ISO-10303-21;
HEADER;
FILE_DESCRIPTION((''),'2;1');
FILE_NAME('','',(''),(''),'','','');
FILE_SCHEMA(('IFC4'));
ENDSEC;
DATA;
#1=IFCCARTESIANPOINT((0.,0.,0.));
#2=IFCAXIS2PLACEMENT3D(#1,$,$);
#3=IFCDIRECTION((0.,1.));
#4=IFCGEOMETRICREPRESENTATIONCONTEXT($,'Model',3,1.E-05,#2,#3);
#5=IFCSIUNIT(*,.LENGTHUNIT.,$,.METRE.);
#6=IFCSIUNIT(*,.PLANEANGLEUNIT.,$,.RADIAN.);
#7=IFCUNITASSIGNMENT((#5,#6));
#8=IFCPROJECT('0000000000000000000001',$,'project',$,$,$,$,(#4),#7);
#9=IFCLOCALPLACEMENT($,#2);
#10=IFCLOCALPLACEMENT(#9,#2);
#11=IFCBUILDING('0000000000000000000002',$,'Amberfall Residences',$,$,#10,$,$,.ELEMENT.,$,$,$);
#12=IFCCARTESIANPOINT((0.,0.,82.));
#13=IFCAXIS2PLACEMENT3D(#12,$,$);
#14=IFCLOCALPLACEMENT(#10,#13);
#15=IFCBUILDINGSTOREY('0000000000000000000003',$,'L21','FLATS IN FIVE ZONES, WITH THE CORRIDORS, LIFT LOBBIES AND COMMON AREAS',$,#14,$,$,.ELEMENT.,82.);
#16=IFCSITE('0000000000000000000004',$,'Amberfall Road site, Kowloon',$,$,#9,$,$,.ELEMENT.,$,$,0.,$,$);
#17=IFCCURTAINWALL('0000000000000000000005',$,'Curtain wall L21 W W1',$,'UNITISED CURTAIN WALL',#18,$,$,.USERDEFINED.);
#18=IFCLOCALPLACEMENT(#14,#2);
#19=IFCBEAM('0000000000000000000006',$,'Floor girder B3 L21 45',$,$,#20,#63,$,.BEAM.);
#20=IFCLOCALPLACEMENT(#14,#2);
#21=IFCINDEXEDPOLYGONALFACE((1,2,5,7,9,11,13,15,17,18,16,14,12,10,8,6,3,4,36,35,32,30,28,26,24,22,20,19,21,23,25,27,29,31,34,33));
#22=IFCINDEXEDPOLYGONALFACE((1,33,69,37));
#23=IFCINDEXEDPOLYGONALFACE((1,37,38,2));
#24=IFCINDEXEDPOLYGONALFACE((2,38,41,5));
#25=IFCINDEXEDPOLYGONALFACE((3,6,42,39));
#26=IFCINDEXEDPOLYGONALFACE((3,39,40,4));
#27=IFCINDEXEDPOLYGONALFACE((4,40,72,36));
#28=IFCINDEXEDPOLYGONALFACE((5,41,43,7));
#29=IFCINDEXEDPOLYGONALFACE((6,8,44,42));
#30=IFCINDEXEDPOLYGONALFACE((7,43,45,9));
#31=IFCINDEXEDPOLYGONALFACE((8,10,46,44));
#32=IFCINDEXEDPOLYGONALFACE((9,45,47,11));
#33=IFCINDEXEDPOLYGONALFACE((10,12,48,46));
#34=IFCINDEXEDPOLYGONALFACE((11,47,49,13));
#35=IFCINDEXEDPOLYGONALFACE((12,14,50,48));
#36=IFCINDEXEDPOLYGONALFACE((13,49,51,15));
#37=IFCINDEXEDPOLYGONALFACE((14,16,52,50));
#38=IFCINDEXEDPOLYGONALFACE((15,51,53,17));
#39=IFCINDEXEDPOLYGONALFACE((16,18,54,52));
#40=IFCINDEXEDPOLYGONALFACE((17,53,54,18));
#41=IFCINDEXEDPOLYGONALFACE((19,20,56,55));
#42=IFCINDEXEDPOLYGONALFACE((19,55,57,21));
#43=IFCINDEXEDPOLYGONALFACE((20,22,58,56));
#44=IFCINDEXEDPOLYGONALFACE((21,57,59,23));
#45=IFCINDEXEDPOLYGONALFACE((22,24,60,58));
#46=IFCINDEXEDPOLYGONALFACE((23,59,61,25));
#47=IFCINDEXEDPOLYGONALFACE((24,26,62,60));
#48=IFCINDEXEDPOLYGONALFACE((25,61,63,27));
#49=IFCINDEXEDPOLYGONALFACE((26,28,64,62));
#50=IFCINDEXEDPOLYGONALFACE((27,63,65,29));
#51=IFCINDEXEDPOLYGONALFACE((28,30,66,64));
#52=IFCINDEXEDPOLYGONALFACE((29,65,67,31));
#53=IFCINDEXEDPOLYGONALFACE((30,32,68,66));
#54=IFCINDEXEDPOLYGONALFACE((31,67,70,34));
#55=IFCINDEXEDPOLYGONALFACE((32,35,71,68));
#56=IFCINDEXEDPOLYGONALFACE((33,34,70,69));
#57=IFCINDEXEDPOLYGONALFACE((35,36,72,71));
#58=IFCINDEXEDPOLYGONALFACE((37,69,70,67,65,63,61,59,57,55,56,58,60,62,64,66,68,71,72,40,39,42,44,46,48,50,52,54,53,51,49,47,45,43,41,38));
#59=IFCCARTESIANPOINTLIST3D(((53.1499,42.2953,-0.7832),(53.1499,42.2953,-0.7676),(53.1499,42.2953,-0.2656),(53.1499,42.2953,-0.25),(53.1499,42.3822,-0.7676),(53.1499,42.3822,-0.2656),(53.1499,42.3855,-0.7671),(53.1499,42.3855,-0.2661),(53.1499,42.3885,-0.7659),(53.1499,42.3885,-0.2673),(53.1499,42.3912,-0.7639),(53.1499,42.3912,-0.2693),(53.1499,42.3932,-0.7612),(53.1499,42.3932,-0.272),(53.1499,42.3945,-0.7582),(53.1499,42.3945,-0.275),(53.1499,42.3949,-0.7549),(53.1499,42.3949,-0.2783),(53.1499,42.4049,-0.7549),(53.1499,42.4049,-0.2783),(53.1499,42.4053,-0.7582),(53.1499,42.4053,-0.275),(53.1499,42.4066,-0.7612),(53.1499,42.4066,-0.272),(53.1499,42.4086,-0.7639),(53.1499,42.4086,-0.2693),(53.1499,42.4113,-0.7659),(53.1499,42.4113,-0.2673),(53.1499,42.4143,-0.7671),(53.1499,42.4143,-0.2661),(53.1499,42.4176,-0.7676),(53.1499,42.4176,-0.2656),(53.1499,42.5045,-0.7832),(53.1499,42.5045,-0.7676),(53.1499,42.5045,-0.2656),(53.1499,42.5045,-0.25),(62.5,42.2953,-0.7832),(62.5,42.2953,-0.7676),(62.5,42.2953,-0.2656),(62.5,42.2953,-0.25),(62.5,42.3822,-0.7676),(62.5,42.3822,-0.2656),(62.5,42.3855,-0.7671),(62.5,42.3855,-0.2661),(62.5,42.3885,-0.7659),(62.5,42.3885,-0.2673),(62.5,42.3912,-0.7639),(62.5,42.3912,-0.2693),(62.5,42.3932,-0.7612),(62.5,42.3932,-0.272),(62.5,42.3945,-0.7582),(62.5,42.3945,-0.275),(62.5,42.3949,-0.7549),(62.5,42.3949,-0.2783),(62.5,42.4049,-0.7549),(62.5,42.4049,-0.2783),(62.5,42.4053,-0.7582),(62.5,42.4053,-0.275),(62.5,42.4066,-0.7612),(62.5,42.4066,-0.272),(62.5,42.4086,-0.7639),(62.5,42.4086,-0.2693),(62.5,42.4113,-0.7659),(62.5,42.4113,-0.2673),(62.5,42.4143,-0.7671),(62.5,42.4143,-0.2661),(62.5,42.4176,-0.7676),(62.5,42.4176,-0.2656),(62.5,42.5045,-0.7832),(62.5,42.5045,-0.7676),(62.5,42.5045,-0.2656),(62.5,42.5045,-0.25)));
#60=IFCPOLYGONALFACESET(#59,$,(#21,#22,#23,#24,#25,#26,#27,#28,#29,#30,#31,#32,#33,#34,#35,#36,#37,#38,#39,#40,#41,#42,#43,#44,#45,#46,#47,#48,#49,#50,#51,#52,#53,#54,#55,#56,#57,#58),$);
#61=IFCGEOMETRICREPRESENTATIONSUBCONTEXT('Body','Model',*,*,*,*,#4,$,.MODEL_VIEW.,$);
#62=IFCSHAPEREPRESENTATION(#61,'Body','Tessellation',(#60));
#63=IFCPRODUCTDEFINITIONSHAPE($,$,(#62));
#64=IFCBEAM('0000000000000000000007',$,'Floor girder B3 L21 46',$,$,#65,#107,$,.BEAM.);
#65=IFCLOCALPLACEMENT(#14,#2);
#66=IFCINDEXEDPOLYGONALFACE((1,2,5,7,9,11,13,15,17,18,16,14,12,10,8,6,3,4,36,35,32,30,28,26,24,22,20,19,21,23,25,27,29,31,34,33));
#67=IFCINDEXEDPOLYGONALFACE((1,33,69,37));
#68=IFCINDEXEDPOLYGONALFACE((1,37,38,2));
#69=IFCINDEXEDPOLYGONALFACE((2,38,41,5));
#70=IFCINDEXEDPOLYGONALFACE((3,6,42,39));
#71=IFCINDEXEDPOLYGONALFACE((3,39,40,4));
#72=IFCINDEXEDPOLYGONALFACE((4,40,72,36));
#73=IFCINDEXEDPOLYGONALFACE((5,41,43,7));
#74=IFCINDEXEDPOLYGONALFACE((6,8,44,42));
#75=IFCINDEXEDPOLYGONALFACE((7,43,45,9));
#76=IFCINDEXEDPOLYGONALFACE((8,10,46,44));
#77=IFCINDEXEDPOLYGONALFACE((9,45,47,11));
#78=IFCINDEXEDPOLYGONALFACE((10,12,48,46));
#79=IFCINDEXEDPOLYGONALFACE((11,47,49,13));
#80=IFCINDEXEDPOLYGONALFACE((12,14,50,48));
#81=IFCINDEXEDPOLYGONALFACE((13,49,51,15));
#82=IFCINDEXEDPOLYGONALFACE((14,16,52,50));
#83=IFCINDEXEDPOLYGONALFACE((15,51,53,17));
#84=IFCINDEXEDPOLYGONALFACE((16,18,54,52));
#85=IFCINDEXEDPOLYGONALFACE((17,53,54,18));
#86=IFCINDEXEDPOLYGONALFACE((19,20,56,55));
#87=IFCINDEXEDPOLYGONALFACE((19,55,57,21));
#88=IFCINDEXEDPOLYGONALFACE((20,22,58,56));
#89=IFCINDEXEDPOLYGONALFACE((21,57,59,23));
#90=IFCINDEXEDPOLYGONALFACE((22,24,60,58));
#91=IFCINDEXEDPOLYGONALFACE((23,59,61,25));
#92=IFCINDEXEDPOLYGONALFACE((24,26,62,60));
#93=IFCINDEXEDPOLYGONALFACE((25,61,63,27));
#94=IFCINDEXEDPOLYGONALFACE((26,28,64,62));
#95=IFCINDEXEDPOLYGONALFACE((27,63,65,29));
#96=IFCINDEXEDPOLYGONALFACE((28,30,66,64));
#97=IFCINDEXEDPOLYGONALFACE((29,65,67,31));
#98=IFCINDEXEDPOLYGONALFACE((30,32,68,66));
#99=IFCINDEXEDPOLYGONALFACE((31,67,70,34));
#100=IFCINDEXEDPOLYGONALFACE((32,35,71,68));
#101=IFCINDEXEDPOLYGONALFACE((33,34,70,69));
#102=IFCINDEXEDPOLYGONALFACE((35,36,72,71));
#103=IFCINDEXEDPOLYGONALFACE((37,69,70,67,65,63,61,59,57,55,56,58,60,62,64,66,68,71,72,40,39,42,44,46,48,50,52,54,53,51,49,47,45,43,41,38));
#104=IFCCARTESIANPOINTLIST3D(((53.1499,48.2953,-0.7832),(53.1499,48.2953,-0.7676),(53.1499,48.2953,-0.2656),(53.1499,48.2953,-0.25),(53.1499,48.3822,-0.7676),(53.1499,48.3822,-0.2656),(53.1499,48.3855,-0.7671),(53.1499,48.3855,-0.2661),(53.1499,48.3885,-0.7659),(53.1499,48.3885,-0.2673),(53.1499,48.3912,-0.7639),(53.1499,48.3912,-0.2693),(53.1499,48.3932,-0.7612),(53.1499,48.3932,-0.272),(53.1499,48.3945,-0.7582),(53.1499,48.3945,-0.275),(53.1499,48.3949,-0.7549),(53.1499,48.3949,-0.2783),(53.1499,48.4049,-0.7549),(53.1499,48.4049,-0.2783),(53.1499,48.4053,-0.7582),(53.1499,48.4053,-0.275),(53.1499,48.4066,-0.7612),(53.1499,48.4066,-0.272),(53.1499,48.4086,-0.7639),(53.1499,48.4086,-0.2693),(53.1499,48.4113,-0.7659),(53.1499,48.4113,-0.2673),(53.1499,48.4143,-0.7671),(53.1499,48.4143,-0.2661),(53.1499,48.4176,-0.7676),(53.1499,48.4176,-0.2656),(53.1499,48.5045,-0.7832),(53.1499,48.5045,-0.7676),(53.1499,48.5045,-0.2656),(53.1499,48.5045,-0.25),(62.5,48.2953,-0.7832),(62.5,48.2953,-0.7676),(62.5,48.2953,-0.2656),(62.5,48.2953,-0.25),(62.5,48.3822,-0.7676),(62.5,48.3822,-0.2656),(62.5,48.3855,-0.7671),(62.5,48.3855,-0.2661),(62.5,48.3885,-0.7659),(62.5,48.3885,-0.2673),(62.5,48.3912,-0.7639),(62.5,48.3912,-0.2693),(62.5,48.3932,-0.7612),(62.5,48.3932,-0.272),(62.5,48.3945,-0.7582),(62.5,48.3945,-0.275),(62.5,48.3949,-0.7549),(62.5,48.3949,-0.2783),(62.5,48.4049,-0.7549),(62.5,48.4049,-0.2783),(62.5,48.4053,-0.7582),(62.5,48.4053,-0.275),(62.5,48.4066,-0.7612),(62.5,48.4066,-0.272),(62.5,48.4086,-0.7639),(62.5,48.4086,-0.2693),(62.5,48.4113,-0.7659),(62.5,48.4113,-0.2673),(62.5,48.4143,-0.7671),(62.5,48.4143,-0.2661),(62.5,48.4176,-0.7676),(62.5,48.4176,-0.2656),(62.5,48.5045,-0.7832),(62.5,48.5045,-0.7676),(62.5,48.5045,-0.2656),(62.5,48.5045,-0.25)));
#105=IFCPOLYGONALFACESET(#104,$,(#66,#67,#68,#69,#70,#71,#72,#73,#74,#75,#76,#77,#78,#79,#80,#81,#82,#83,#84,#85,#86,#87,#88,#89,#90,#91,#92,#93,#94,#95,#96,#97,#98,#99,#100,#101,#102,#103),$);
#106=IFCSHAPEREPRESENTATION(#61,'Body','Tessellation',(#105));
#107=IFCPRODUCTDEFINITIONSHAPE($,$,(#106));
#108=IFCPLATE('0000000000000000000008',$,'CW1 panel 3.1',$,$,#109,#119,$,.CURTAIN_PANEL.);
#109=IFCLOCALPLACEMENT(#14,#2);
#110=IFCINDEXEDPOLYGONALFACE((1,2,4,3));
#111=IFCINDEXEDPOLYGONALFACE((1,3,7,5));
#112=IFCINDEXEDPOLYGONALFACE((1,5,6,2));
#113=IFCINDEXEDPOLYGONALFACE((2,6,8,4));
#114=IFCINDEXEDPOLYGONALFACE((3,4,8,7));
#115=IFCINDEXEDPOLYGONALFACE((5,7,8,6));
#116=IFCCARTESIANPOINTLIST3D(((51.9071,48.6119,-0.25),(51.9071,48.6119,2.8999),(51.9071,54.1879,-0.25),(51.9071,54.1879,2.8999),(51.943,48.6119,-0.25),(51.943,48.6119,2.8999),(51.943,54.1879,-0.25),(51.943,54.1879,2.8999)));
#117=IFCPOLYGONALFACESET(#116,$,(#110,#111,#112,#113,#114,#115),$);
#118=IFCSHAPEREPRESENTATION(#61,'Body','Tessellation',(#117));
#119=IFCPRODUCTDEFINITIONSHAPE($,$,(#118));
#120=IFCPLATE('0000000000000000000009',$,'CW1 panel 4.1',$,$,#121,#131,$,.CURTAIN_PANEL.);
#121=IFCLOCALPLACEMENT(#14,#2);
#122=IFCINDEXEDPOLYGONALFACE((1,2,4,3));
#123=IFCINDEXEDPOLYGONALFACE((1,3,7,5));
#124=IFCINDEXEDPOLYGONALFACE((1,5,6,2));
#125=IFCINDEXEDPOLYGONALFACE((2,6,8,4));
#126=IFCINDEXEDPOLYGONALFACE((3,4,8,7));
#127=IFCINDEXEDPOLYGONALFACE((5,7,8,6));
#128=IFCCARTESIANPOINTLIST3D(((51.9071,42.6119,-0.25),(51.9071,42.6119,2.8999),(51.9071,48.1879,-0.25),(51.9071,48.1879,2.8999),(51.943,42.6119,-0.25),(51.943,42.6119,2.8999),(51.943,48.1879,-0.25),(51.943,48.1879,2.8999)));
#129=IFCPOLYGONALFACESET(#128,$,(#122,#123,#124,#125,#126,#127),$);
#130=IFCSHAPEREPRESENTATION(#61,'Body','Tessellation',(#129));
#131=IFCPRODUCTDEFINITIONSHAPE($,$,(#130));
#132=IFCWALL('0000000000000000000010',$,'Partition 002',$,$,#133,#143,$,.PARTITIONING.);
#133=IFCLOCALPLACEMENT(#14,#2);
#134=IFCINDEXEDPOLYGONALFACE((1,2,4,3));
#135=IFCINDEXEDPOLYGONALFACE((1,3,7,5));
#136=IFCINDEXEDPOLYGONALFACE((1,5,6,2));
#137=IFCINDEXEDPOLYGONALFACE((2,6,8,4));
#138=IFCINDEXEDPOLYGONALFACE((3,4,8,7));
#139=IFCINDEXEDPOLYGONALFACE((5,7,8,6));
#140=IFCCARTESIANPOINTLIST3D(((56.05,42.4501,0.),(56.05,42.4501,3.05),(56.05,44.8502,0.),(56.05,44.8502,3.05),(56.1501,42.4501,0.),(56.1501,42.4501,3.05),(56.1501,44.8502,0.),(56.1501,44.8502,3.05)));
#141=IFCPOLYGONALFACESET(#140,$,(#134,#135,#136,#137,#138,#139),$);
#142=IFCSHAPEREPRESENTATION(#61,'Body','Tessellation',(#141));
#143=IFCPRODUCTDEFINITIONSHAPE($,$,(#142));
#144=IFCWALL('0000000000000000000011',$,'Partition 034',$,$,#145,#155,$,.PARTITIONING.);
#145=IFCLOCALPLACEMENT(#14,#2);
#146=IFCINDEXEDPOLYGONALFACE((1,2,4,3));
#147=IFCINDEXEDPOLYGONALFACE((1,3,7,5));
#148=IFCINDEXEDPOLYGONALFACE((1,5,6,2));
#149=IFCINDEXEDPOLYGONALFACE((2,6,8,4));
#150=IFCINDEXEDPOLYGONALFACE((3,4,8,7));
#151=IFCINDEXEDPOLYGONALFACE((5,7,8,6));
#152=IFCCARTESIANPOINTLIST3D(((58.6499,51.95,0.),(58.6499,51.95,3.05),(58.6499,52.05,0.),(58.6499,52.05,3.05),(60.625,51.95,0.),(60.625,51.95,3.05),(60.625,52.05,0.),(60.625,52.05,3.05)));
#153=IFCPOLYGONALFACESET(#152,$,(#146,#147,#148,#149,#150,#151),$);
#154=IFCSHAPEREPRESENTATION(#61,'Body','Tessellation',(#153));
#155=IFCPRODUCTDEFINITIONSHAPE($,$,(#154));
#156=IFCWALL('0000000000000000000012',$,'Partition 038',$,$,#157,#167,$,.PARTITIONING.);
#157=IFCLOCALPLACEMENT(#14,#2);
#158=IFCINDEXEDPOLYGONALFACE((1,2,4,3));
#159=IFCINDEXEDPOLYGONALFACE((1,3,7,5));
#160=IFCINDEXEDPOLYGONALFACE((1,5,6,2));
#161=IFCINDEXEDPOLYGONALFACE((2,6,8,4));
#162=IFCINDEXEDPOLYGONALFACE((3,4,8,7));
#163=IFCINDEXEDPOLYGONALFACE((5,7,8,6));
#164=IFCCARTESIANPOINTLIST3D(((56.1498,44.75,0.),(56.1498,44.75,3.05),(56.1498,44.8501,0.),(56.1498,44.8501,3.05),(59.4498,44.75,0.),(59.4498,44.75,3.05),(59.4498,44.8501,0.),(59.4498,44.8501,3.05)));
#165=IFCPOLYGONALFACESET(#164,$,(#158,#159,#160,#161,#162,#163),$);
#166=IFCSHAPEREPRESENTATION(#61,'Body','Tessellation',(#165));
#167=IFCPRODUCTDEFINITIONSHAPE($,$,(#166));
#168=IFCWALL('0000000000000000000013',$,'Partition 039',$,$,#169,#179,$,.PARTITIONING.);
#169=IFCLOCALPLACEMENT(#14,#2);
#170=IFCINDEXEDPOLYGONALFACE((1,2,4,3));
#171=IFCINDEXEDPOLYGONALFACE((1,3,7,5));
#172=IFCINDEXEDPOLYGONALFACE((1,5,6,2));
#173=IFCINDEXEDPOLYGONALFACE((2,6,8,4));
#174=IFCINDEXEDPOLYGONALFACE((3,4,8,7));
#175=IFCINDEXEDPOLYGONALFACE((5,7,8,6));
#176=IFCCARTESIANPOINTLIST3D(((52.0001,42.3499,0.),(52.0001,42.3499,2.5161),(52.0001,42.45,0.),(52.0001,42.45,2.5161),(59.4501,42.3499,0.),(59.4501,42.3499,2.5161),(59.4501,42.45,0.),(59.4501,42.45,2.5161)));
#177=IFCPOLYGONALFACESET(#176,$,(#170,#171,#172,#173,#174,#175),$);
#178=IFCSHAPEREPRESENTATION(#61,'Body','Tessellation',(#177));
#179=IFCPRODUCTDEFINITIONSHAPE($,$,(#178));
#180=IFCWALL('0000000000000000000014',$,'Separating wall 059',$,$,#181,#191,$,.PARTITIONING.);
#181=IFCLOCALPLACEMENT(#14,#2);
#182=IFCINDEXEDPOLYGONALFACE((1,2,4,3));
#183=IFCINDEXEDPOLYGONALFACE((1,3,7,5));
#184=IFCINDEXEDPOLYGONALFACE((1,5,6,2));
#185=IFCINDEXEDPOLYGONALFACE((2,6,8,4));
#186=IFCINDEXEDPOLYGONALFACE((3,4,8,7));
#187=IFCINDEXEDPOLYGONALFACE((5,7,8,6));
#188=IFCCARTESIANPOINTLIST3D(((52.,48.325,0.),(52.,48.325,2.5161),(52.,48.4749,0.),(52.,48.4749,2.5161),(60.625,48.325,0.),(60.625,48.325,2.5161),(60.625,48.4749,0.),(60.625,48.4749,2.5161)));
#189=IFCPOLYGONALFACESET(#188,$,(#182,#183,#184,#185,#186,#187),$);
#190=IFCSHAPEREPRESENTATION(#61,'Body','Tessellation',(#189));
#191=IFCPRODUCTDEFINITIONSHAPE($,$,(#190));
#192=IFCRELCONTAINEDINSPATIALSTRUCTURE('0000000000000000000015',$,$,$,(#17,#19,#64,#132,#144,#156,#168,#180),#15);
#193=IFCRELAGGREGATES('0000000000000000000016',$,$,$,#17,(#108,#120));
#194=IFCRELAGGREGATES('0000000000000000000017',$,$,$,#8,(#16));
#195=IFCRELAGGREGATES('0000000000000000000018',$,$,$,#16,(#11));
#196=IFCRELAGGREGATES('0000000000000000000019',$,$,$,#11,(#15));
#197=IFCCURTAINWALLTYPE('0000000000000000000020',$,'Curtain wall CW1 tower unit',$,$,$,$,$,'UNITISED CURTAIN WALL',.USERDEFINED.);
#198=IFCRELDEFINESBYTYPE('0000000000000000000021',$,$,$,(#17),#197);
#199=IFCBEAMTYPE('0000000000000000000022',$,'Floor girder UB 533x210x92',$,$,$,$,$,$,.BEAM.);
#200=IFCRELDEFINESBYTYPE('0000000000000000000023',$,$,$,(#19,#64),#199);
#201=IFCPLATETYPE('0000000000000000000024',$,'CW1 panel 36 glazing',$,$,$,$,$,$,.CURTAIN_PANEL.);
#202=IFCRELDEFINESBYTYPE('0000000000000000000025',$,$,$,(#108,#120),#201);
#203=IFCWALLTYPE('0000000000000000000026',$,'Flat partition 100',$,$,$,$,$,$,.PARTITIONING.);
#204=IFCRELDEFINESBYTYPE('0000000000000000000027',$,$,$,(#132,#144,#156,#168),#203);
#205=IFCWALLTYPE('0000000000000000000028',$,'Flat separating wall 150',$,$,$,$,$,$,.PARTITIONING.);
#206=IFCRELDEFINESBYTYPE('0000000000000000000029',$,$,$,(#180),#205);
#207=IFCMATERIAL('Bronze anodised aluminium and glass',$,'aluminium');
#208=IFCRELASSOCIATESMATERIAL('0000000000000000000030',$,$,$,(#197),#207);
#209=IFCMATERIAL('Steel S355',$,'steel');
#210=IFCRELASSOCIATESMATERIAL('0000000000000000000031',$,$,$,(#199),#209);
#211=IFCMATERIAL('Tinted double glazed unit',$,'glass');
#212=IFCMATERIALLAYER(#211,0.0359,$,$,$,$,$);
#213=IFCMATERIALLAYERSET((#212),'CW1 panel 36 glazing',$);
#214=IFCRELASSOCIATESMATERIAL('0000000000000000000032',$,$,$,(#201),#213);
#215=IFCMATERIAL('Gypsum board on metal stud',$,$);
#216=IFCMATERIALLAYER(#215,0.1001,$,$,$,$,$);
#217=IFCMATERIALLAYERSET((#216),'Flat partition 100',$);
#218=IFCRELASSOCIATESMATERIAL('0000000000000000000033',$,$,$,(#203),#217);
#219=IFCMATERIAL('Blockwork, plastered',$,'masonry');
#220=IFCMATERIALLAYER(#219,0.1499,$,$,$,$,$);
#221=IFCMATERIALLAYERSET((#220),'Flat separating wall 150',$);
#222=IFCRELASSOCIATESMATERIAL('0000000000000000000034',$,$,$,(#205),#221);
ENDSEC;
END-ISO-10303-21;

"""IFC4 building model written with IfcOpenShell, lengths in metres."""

from ifc_helpers import new_model, si_unit, direction, frame, frame_2d, origin, origin_2d, place, context, subcontext, project, spatial, rectangle, i_section, extrude, material, layer, layer_set, material_profile, profile_set, type_object, element, aggregate, save


model = new_model("IFC4")

# Units and contexts
model_context = context("Model", 3, precision=1e-05, world=origin(), true_north=direction((0.0, 1.0)))
body_context = subcontext(model_context, "Body", "Model", "MODEL_VIEW")
ifc_project = project(units=[si_unit("LENGTHUNIT", "METRE"), si_unit("PLANEANGLEUNIT", "RADIAN")], contexts=[model_context])

# Site, building, storey
site_placement = place(None, origin())
site = spatial("IfcSite", under=ifc_project, at=site_placement, Name="Amberfall Road site, Kowloon", CompositionType="ELEMENT", RefElevation=0.0)
building_placement = place(site_placement, origin())
building = spatial("IfcBuilding", under=site, at=building_placement, Name="Amberfall Residences", CompositionType="ELEMENT")
storey_placement = place(building_placement, frame((0.0, 0.0, 82.0)))
storey = spatial("IfcBuildingStorey", under=building, at=storey_placement, Name="L21", Description="FLATS IN FIVE ZONES, WITH THE CORRIDORS, LIFT LOBBIES AND COMMON AREAS", CompositionType="ELEMENT", Elevation=82.0)

# Curtain wall
ifc_material_1 = material(Name="Bronze anodised aluminium and glass", Category="aluminium")
curtain_wall_type = type_object("IfcCurtainWallType", Name="Curtain wall CW1 tower unit", ElementType="UNITISED CURTAIN WALL", PredefinedType="USERDEFINED", material=ifc_material_1)
curtain_wall_placement = place(storey_placement, origin())
curtain_wall = element("IfcCurtainWall", 1, at=curtain_wall_placement, inside=storey, type_object=curtain_wall_type, Name="Curtain wall L21 W W1", ObjectType="UNITISED CURTAIN WALL", PredefinedType="USERDEFINED")

# Shared definitions
ifc_material_2 = material(Name="Steel S355", Category="steel")

# Beams
ifc_material_profile_1 = material_profile(ifc_material_2, i_section(OverallWidth=0.2092, OverallDepth=0.5332, WebThickness=0.01, FlangeThickness=0.0156, FilletRadius=0.0127, at=origin_2d()), Name="UB 533x210x92")
ifc_profile_set_1 = profile_set([ifc_material_profile_1], Name="Steel S355")
beam_type_1 = type_object("IfcBeamType", Name="Floor girder UB 533x210x92", PredefinedType="BEAM", material=ifc_profile_set_1)
for number, where, z_axis, x_axis, name in (
    (2, (53.1499, 42.3999, -0.5166), (1.0, 0.0, 0.0), (0.0, 1.0, 0.0), "Floor girder B3 L21 45"),
    (3, (53.1499, 48.3999, -0.5166), (1.0, 0.0, 0.0), (0.0, 1.0, 0.0), "Floor girder B3 L21 46"),
):
    element("IfcBeam", number, at=place(storey_placement, frame(where, z_axis=z_axis, x_axis=x_axis)), inside=storey, type_object=beam_type_1, Name=name, PredefinedType="BEAM", context=body_context, shape_type="SweptSolid", body=[
        extrude(i_section(OverallWidth=0.2092, OverallDepth=0.5332, WebThickness=0.01, FlangeThickness=0.0156, FilletRadius=0.0127, at=origin_2d()), origin(), (0.0, 0.0, 1.0), 9.3501),
    ])

# Plates
ifc_material_3 = material(Name="Tinted double glazed unit", Category="glass")
ifc_layer_1 = layer(ifc_material_3, 0.0359)
ifc_layer_set_1 = layer_set([ifc_layer_1], Name="CW1 panel 36 glazing")
plate_type = type_object("IfcPlateType", Name="CW1 panel 36 glazing", PredefinedType="CURTAIN_PANEL", material=ifc_layer_set_1)
plate_1_placement = place(storey_placement, frame((51.925, 51.3999, -0.25), z_axis=(0.0, 0.0, 1.0), x_axis=(0.0, -1.0, 0.0)))
plate_1 = element("IfcPlate", 4, at=plate_1_placement, type_object=plate_type, Name="CW1 panel 3.1", PredefinedType="CURTAIN_PANEL", context=body_context, shape_type="SweptSolid", body=[
    extrude(rectangle(XDim=5.5759, YDim=0.0359, at=origin_2d()), origin(), (0.0, 0.0, 1.0), 3.1499),
])
plate_2_placement = place(storey_placement, frame((51.925, 45.3999, -0.25), z_axis=(0.0, 0.0, 1.0), x_axis=(0.0, -1.0, 0.0)))
plate_2 = element("IfcPlate", 5, at=plate_2_placement, type_object=plate_type, Name="CW1 panel 4.1", PredefinedType="CURTAIN_PANEL", context=body_context, shape_type="SweptSolid", body=[
    extrude(rectangle(XDim=5.5759, YDim=0.0359, at=origin_2d()), origin(), (0.0, 0.0, 1.0), 3.1499),
])
aggregate(curtain_wall, [plate_1, plate_2])

# Walls
ifc_material_4 = material(Name="Gypsum board on metal stud")
ifc_layer_2 = layer(ifc_material_4, 0.1001)
ifc_layer_set_2 = layer_set([ifc_layer_2], Name="Flat partition 100")
wall_type_1 = type_object("IfcWallType", Name="Flat partition 100", PredefinedType="PARTITIONING", material=ifc_layer_set_2)
wall_1_placement = place(storey_placement, frame((56.1001, 42.45, 0.0), z_axis=(0.0, 0.0, 1.0), x_axis=(0.0, 1.0, 0.0)))
element("IfcWall", 6, at=wall_1_placement, inside=storey, type_object=wall_type_1, Name="Partition 002", PredefinedType="PARTITIONING", context=body_context, shape_type="SweptSolid", body=[
    extrude(rectangle(XDim=2.4001, YDim=0.1001, at=frame_2d((1.2002, 0.0))), origin(), (0.0, 0.0, 1.0), 3.05),
])
wall_2_placement = place(storey_placement, frame((58.6499, 52.0, 0.0), z_axis=(0.0, 0.0, 1.0), x_axis=(1.0, 0.0, 0.0)))
element("IfcWall", 7, at=wall_2_placement, inside=storey, type_object=wall_type_1, Name="Partition 034", PredefinedType="PARTITIONING", context=body_context, shape_type="SweptSolid", body=[
    extrude(rectangle(XDim=1.9751, YDim=0.1001, at=frame_2d((0.9875, 0.0))), origin(), (0.0, 0.0, 1.0), 3.05),
])
wall_3_placement = place(storey_placement, frame((56.1499, 44.8, 0.0), z_axis=(0.0, 0.0, 1.0), x_axis=(1.0, 0.0, 0.0)))
element("IfcWall", 8, at=wall_3_placement, inside=storey, type_object=wall_type_1, Name="Partition 038", PredefinedType="PARTITIONING", context=body_context, shape_type="SweptSolid", body=[
    extrude(rectangle(XDim=3.3, YDim=0.1001, at=frame_2d((1.6499, 0.0))), origin(), (0.0, 0.0, 1.0), 3.05),
])
wall_4_placement = place(storey_placement, frame((52.0, 42.3999, 0.0), z_axis=(0.0, 0.0, 1.0), x_axis=(1.0, 0.0, 0.0)))
element("IfcWall", 9, at=wall_4_placement, inside=storey, type_object=wall_type_1, Name="Partition 039", PredefinedType="PARTITIONING", context=body_context, shape_type="SweptSolid", body=[
    extrude(rectangle(XDim=7.45, YDim=0.1001, at=frame_2d((3.7251, 0.0))), origin(), (0.0, 0.0, 1.0), 2.5161),
])
ifc_material_5 = material(Name="Blockwork, plastered", Category="masonry")
ifc_layer_3 = layer(ifc_material_5, 0.1499)
ifc_layer_set_3 = layer_set([ifc_layer_3], Name="Flat separating wall 150")
wall_type_2 = type_object("IfcWallType", Name="Flat separating wall 150", PredefinedType="PARTITIONING", material=ifc_layer_set_3)
wall_5_placement = place(storey_placement, frame((52.0, 48.3999, 0.0), z_axis=(0.0, 0.0, 1.0), x_axis=(1.0, 0.0, 0.0)))
element("IfcWall", 10, at=wall_5_placement, inside=storey, type_object=wall_type_2, Name="Separating wall 059", PredefinedType="PARTITIONING", context=body_context, shape_type="SweptSolid", body=[
    extrude(rectangle(XDim=8.625, YDim=0.1499, at=frame_2d((4.3125, 0.0))), origin(), (0.0, 0.0, 1.0), 2.5161),
])

save(model, "model.ifc")
